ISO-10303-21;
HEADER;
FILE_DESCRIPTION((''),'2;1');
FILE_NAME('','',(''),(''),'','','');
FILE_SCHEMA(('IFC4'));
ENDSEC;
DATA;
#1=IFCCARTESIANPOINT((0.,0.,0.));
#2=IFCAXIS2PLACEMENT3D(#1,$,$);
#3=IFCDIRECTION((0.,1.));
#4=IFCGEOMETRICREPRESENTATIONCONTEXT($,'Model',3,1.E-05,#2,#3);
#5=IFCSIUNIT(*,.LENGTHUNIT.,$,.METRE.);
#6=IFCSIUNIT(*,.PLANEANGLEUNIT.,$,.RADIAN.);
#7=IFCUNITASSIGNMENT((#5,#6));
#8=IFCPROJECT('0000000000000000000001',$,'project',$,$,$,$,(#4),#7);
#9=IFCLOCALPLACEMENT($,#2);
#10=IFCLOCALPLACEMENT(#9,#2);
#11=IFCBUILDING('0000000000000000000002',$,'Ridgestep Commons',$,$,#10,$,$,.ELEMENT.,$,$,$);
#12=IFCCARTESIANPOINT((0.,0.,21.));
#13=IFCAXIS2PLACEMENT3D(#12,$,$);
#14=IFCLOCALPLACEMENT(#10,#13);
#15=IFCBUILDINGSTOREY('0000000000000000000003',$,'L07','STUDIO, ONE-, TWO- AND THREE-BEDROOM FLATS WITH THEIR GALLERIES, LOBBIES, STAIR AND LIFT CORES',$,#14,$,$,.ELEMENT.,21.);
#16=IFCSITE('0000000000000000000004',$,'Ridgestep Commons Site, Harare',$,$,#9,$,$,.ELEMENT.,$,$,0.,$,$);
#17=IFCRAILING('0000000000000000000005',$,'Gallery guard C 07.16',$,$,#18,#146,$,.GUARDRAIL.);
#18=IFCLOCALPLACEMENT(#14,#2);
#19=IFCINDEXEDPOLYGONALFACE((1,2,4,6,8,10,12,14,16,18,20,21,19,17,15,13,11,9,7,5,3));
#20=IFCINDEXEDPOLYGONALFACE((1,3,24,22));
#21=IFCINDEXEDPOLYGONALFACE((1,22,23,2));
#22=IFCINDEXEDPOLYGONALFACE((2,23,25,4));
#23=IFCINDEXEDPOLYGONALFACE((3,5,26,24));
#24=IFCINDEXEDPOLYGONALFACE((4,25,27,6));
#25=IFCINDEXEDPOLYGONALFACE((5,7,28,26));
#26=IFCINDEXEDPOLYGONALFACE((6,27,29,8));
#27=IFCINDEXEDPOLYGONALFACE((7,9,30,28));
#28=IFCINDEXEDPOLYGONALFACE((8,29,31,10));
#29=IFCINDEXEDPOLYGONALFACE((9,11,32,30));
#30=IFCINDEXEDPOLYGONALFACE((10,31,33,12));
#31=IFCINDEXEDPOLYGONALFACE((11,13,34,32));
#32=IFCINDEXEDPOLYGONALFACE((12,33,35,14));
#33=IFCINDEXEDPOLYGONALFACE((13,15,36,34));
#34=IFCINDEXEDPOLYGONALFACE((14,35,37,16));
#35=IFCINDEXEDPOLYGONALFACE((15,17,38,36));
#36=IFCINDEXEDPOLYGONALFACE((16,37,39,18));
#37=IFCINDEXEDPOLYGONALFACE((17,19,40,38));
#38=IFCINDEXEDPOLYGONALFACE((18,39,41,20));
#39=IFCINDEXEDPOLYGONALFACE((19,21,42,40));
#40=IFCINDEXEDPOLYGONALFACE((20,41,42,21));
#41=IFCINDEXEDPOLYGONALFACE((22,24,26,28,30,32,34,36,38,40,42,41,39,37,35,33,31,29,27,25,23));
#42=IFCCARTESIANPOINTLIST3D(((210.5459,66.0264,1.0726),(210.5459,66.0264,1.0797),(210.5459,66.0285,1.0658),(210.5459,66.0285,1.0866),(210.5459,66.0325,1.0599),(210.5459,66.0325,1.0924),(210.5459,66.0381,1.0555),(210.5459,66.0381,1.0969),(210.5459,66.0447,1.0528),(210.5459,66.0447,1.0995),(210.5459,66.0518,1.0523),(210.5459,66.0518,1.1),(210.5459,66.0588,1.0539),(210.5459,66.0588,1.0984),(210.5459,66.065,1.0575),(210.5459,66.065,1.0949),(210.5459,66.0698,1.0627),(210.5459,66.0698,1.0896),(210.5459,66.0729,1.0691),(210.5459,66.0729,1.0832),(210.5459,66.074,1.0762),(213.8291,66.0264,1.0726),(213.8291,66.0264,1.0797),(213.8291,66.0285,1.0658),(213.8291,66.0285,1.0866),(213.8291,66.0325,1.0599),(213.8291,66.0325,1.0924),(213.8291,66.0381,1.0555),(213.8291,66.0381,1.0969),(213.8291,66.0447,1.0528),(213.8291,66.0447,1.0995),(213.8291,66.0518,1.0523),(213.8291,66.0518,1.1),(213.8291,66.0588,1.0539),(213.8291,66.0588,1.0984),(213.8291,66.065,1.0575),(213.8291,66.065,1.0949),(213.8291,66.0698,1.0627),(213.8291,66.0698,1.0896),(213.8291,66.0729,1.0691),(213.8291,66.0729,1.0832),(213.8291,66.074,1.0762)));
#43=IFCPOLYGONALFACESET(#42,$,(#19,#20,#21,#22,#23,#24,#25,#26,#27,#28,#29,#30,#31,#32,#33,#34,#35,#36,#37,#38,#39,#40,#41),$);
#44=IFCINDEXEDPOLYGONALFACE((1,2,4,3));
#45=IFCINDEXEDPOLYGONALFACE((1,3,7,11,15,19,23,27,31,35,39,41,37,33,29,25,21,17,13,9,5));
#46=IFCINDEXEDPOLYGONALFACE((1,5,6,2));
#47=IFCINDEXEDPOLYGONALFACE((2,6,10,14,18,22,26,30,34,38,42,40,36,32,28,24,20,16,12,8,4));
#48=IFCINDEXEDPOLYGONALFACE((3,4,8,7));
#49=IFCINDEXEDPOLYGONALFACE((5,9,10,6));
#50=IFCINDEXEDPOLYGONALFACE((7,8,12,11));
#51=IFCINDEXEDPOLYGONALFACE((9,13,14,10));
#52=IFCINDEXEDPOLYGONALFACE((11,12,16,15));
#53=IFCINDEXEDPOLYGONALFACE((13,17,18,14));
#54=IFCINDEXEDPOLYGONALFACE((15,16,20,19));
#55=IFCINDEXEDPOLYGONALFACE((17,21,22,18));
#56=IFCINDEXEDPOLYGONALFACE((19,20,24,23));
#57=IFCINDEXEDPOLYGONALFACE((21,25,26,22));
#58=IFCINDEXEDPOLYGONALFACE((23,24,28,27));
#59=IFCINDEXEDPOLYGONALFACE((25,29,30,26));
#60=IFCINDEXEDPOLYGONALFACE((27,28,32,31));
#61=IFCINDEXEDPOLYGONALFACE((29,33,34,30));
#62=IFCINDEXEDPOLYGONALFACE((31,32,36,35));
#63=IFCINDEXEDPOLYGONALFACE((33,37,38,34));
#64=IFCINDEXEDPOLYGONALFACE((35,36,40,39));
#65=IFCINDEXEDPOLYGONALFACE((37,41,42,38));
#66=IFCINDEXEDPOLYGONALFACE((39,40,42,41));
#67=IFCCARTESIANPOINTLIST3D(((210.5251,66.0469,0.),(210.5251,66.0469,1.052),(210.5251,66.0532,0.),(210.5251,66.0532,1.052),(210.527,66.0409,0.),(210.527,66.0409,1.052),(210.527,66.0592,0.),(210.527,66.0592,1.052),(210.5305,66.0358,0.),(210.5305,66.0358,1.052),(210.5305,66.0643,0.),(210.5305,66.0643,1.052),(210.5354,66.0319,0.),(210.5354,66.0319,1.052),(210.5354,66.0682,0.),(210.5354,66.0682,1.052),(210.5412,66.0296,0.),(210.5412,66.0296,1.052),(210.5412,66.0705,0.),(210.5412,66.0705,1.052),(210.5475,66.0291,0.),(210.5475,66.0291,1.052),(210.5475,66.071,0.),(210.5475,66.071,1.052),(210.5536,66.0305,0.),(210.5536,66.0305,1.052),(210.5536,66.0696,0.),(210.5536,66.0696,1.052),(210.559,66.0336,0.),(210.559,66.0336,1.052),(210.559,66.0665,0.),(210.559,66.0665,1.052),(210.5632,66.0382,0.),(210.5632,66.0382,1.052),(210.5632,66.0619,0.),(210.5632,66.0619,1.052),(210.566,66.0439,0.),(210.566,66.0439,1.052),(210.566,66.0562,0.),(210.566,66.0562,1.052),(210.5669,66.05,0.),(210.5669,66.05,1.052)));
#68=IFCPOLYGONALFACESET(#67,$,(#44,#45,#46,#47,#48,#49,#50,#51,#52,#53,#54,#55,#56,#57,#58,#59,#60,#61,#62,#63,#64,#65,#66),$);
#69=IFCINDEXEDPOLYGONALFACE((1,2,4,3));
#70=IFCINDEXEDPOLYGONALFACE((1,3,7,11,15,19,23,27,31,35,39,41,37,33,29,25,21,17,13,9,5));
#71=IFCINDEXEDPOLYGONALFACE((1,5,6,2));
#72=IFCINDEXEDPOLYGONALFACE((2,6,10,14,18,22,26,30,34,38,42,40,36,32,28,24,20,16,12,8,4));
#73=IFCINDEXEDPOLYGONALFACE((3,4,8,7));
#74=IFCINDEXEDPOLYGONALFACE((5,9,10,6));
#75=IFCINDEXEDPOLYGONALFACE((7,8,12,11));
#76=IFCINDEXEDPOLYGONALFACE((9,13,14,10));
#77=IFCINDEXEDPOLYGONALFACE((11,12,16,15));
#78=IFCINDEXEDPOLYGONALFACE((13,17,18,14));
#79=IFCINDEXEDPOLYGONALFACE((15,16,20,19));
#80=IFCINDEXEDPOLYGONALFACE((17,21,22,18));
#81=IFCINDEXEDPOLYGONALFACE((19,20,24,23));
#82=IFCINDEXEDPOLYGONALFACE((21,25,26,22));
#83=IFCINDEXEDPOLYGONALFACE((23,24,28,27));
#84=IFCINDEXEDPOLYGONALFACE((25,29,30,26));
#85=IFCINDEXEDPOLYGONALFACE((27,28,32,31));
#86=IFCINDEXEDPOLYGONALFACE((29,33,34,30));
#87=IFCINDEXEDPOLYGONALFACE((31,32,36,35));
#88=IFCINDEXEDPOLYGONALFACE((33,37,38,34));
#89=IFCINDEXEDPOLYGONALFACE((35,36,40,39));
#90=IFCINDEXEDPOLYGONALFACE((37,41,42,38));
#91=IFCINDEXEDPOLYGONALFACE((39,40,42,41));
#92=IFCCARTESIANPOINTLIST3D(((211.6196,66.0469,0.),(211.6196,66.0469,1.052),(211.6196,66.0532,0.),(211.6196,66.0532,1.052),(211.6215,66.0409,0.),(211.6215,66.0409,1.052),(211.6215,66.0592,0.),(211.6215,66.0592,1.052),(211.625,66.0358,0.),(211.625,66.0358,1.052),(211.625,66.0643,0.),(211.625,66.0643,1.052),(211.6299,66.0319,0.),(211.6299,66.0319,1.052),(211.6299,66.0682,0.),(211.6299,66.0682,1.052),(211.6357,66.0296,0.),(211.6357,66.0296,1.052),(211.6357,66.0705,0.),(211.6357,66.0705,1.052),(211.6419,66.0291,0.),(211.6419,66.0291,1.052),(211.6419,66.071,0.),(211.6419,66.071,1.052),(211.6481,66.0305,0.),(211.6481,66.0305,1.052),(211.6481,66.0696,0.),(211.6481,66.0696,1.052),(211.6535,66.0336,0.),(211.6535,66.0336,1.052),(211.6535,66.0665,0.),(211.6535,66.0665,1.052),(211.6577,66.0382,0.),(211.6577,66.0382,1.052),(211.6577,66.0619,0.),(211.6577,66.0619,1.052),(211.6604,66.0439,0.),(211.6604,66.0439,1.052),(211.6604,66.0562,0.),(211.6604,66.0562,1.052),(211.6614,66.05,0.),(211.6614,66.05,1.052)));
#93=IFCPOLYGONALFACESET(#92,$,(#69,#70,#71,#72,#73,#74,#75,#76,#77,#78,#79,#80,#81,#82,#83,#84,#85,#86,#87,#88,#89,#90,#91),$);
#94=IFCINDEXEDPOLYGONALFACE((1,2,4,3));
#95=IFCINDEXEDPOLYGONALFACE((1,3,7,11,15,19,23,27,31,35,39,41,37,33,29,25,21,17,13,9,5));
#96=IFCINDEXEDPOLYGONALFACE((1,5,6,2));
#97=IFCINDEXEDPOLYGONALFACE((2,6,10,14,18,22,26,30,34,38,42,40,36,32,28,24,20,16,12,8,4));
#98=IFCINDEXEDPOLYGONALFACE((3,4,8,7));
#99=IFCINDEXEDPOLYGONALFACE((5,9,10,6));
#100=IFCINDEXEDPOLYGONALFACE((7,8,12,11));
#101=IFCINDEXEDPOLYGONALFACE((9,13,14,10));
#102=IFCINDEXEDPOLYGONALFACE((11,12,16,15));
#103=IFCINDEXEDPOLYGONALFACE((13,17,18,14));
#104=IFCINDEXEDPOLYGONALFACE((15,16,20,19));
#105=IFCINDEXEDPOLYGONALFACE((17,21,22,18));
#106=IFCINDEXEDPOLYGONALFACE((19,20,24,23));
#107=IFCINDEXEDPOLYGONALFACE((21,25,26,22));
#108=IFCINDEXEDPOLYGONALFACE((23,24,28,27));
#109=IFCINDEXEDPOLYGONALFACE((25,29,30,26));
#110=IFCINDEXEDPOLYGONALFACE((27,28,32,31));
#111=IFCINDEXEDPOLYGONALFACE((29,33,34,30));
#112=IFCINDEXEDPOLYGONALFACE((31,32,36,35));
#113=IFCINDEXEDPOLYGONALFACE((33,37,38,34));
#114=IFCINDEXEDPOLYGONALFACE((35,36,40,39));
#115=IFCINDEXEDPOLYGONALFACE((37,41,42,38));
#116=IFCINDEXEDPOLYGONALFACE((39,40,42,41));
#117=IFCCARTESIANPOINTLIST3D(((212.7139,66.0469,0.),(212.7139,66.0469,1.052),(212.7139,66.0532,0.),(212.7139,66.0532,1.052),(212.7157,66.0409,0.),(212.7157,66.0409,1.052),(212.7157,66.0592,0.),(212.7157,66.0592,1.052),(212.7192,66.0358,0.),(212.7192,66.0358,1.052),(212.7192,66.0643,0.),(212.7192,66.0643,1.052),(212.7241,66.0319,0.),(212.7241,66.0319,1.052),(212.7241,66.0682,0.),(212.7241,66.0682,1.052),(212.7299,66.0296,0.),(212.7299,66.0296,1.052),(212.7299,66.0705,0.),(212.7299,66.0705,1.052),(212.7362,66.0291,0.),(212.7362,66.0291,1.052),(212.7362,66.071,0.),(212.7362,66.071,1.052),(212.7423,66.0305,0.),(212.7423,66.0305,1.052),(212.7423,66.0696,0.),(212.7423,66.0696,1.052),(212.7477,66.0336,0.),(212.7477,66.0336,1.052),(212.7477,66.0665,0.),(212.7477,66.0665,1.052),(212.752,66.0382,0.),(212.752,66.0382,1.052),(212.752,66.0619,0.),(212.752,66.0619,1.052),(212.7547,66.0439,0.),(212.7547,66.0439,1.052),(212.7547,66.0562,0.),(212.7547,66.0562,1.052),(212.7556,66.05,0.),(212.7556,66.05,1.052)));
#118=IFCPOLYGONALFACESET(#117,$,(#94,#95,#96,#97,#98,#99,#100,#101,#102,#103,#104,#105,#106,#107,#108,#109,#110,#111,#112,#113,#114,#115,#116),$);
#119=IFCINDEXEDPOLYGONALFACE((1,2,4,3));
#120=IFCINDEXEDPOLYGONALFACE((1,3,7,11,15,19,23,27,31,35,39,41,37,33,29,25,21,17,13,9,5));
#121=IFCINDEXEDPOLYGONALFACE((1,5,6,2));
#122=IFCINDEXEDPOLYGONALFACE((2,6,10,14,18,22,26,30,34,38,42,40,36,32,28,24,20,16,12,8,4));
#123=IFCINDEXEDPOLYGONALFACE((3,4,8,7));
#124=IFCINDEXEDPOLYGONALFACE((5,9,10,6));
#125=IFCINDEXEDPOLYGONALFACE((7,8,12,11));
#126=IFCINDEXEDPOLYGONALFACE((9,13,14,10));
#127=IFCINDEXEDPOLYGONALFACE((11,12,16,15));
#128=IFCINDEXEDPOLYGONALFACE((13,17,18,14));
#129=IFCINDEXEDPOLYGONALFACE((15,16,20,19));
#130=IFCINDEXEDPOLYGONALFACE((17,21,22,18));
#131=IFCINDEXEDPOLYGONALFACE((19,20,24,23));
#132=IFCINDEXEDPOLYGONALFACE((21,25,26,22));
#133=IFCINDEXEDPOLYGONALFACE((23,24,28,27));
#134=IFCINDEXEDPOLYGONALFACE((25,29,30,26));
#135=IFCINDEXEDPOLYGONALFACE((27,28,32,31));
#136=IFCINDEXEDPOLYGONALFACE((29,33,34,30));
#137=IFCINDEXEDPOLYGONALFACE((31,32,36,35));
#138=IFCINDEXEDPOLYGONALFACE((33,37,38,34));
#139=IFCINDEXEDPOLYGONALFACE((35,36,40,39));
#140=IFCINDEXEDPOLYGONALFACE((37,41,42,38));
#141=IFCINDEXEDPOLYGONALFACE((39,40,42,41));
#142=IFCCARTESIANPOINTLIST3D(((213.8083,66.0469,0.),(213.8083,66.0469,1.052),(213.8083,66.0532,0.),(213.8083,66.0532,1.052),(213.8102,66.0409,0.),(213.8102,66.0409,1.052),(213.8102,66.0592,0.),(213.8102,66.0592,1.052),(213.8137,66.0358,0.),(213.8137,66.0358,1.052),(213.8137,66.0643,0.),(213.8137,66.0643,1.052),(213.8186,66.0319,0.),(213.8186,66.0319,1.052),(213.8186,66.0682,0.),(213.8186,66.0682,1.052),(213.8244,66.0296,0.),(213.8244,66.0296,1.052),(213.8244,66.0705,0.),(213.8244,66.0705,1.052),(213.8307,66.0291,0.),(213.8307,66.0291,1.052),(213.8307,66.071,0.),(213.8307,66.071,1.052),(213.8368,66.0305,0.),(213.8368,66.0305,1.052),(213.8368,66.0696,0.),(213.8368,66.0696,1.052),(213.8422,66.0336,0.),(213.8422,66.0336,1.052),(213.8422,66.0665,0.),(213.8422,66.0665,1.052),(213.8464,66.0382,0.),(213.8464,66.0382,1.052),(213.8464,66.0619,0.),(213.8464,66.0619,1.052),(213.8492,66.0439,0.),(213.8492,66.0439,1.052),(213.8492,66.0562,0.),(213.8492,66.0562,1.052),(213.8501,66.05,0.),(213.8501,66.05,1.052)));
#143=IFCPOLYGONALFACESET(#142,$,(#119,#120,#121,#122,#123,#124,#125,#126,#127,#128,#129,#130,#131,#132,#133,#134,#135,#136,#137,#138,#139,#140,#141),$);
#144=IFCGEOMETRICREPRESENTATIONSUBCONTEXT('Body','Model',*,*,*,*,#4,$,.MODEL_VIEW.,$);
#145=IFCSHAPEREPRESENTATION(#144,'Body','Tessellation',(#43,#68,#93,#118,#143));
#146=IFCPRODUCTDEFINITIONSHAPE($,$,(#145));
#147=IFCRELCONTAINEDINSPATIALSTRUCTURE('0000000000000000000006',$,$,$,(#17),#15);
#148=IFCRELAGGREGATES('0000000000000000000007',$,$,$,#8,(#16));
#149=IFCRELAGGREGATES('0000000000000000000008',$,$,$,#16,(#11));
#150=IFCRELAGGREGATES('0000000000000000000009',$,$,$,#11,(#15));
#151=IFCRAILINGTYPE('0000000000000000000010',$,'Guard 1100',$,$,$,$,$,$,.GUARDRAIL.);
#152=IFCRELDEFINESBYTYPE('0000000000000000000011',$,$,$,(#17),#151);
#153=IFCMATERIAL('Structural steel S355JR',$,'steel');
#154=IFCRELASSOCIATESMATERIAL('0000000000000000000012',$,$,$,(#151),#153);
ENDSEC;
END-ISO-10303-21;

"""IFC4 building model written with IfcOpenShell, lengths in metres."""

from ifc_helpers import new_model, si_unit, direction, frame, origin, origin_2d, place, context, subcontext, project, spatial, circle, extrude, material, type_object, element, save


model = new_model("IFC4")

# Units and contexts
model_context = context("Model", 3, precision=1e-05, world=origin(), true_north=direction((0.0, 1.0)))
body_context = subcontext(model_context, "Body", "Model", "MODEL_VIEW")
ifc_project = project(units=[si_unit("LENGTHUNIT", "METRE"), si_unit("PLANEANGLEUNIT", "RADIAN")], contexts=[model_context])

# Site, building, storey
site_placement = place(None, origin())
site = spatial("IfcSite", under=ifc_project, at=site_placement, Name="Ridgestep Commons Site, Harare", CompositionType="ELEMENT", RefElevation=0.0)
building_placement = place(site_placement, origin())
building = spatial("IfcBuilding", under=site, at=building_placement, Name="Ridgestep Commons", CompositionType="ELEMENT")
storey_placement = place(building_placement, frame((0.0, 0.0, 21.0)))
storey = spatial("IfcBuildingStorey", under=building, at=storey_placement, Name="L07", Description="STUDIO, ONE-, TWO- AND THREE-BEDROOM FLATS WITH THEIR GALLERIES, LOBBIES, STAIR AND LIFT CORES", CompositionType="ELEMENT", Elevation=21.0)

# Railing
ifc_material_1 = material(Name="Structural steel S355JR", Category="steel")
railing_type = type_object("IfcRailingType", Name="Guard 1100", PredefinedType="GUARDRAIL", material=ifc_material_1)
for number, where, name in (
    (1, (210.5459, 66.05, 0.0), "Gallery guard C 07.16"),
):
    element("IfcRailing", number, at=place(storey_placement, frame(where)), inside=storey, type_object=railing_type, Name=name, PredefinedType="GUARDRAIL", context=body_context, shape_type="SweptSolid", body=[
        extrude(circle(Radius=0.0239, at=origin_2d()), frame((0.0, 0.0, 1.0762), z_axis=(1.0, 0.0, 0.0), x_axis=(0.0, 1.0, 0.0)), (0.0, 0.0, 1.0), 3.2832),
        extrude(circle(Radius=0.021, at=origin_2d()), origin(), (0.0, 0.0, 1.0), 1.052),
        extrude(circle(Radius=0.021, at=origin_2d()), frame((1.0945, 0.0, 0.0)), (0.0, 0.0, 1.0), 1.052),
        extrude(circle(Radius=0.021, at=origin_2d()), frame((2.1887, 0.0, 0.0)), (0.0, 0.0, 1.0), 1.052),
        extrude(circle(Radius=0.021, at=origin_2d()), frame((3.2832, 0.0, 0.0)), (0.0, 0.0, 1.0), 1.052),
    ])

save(model, "model.ifc")
